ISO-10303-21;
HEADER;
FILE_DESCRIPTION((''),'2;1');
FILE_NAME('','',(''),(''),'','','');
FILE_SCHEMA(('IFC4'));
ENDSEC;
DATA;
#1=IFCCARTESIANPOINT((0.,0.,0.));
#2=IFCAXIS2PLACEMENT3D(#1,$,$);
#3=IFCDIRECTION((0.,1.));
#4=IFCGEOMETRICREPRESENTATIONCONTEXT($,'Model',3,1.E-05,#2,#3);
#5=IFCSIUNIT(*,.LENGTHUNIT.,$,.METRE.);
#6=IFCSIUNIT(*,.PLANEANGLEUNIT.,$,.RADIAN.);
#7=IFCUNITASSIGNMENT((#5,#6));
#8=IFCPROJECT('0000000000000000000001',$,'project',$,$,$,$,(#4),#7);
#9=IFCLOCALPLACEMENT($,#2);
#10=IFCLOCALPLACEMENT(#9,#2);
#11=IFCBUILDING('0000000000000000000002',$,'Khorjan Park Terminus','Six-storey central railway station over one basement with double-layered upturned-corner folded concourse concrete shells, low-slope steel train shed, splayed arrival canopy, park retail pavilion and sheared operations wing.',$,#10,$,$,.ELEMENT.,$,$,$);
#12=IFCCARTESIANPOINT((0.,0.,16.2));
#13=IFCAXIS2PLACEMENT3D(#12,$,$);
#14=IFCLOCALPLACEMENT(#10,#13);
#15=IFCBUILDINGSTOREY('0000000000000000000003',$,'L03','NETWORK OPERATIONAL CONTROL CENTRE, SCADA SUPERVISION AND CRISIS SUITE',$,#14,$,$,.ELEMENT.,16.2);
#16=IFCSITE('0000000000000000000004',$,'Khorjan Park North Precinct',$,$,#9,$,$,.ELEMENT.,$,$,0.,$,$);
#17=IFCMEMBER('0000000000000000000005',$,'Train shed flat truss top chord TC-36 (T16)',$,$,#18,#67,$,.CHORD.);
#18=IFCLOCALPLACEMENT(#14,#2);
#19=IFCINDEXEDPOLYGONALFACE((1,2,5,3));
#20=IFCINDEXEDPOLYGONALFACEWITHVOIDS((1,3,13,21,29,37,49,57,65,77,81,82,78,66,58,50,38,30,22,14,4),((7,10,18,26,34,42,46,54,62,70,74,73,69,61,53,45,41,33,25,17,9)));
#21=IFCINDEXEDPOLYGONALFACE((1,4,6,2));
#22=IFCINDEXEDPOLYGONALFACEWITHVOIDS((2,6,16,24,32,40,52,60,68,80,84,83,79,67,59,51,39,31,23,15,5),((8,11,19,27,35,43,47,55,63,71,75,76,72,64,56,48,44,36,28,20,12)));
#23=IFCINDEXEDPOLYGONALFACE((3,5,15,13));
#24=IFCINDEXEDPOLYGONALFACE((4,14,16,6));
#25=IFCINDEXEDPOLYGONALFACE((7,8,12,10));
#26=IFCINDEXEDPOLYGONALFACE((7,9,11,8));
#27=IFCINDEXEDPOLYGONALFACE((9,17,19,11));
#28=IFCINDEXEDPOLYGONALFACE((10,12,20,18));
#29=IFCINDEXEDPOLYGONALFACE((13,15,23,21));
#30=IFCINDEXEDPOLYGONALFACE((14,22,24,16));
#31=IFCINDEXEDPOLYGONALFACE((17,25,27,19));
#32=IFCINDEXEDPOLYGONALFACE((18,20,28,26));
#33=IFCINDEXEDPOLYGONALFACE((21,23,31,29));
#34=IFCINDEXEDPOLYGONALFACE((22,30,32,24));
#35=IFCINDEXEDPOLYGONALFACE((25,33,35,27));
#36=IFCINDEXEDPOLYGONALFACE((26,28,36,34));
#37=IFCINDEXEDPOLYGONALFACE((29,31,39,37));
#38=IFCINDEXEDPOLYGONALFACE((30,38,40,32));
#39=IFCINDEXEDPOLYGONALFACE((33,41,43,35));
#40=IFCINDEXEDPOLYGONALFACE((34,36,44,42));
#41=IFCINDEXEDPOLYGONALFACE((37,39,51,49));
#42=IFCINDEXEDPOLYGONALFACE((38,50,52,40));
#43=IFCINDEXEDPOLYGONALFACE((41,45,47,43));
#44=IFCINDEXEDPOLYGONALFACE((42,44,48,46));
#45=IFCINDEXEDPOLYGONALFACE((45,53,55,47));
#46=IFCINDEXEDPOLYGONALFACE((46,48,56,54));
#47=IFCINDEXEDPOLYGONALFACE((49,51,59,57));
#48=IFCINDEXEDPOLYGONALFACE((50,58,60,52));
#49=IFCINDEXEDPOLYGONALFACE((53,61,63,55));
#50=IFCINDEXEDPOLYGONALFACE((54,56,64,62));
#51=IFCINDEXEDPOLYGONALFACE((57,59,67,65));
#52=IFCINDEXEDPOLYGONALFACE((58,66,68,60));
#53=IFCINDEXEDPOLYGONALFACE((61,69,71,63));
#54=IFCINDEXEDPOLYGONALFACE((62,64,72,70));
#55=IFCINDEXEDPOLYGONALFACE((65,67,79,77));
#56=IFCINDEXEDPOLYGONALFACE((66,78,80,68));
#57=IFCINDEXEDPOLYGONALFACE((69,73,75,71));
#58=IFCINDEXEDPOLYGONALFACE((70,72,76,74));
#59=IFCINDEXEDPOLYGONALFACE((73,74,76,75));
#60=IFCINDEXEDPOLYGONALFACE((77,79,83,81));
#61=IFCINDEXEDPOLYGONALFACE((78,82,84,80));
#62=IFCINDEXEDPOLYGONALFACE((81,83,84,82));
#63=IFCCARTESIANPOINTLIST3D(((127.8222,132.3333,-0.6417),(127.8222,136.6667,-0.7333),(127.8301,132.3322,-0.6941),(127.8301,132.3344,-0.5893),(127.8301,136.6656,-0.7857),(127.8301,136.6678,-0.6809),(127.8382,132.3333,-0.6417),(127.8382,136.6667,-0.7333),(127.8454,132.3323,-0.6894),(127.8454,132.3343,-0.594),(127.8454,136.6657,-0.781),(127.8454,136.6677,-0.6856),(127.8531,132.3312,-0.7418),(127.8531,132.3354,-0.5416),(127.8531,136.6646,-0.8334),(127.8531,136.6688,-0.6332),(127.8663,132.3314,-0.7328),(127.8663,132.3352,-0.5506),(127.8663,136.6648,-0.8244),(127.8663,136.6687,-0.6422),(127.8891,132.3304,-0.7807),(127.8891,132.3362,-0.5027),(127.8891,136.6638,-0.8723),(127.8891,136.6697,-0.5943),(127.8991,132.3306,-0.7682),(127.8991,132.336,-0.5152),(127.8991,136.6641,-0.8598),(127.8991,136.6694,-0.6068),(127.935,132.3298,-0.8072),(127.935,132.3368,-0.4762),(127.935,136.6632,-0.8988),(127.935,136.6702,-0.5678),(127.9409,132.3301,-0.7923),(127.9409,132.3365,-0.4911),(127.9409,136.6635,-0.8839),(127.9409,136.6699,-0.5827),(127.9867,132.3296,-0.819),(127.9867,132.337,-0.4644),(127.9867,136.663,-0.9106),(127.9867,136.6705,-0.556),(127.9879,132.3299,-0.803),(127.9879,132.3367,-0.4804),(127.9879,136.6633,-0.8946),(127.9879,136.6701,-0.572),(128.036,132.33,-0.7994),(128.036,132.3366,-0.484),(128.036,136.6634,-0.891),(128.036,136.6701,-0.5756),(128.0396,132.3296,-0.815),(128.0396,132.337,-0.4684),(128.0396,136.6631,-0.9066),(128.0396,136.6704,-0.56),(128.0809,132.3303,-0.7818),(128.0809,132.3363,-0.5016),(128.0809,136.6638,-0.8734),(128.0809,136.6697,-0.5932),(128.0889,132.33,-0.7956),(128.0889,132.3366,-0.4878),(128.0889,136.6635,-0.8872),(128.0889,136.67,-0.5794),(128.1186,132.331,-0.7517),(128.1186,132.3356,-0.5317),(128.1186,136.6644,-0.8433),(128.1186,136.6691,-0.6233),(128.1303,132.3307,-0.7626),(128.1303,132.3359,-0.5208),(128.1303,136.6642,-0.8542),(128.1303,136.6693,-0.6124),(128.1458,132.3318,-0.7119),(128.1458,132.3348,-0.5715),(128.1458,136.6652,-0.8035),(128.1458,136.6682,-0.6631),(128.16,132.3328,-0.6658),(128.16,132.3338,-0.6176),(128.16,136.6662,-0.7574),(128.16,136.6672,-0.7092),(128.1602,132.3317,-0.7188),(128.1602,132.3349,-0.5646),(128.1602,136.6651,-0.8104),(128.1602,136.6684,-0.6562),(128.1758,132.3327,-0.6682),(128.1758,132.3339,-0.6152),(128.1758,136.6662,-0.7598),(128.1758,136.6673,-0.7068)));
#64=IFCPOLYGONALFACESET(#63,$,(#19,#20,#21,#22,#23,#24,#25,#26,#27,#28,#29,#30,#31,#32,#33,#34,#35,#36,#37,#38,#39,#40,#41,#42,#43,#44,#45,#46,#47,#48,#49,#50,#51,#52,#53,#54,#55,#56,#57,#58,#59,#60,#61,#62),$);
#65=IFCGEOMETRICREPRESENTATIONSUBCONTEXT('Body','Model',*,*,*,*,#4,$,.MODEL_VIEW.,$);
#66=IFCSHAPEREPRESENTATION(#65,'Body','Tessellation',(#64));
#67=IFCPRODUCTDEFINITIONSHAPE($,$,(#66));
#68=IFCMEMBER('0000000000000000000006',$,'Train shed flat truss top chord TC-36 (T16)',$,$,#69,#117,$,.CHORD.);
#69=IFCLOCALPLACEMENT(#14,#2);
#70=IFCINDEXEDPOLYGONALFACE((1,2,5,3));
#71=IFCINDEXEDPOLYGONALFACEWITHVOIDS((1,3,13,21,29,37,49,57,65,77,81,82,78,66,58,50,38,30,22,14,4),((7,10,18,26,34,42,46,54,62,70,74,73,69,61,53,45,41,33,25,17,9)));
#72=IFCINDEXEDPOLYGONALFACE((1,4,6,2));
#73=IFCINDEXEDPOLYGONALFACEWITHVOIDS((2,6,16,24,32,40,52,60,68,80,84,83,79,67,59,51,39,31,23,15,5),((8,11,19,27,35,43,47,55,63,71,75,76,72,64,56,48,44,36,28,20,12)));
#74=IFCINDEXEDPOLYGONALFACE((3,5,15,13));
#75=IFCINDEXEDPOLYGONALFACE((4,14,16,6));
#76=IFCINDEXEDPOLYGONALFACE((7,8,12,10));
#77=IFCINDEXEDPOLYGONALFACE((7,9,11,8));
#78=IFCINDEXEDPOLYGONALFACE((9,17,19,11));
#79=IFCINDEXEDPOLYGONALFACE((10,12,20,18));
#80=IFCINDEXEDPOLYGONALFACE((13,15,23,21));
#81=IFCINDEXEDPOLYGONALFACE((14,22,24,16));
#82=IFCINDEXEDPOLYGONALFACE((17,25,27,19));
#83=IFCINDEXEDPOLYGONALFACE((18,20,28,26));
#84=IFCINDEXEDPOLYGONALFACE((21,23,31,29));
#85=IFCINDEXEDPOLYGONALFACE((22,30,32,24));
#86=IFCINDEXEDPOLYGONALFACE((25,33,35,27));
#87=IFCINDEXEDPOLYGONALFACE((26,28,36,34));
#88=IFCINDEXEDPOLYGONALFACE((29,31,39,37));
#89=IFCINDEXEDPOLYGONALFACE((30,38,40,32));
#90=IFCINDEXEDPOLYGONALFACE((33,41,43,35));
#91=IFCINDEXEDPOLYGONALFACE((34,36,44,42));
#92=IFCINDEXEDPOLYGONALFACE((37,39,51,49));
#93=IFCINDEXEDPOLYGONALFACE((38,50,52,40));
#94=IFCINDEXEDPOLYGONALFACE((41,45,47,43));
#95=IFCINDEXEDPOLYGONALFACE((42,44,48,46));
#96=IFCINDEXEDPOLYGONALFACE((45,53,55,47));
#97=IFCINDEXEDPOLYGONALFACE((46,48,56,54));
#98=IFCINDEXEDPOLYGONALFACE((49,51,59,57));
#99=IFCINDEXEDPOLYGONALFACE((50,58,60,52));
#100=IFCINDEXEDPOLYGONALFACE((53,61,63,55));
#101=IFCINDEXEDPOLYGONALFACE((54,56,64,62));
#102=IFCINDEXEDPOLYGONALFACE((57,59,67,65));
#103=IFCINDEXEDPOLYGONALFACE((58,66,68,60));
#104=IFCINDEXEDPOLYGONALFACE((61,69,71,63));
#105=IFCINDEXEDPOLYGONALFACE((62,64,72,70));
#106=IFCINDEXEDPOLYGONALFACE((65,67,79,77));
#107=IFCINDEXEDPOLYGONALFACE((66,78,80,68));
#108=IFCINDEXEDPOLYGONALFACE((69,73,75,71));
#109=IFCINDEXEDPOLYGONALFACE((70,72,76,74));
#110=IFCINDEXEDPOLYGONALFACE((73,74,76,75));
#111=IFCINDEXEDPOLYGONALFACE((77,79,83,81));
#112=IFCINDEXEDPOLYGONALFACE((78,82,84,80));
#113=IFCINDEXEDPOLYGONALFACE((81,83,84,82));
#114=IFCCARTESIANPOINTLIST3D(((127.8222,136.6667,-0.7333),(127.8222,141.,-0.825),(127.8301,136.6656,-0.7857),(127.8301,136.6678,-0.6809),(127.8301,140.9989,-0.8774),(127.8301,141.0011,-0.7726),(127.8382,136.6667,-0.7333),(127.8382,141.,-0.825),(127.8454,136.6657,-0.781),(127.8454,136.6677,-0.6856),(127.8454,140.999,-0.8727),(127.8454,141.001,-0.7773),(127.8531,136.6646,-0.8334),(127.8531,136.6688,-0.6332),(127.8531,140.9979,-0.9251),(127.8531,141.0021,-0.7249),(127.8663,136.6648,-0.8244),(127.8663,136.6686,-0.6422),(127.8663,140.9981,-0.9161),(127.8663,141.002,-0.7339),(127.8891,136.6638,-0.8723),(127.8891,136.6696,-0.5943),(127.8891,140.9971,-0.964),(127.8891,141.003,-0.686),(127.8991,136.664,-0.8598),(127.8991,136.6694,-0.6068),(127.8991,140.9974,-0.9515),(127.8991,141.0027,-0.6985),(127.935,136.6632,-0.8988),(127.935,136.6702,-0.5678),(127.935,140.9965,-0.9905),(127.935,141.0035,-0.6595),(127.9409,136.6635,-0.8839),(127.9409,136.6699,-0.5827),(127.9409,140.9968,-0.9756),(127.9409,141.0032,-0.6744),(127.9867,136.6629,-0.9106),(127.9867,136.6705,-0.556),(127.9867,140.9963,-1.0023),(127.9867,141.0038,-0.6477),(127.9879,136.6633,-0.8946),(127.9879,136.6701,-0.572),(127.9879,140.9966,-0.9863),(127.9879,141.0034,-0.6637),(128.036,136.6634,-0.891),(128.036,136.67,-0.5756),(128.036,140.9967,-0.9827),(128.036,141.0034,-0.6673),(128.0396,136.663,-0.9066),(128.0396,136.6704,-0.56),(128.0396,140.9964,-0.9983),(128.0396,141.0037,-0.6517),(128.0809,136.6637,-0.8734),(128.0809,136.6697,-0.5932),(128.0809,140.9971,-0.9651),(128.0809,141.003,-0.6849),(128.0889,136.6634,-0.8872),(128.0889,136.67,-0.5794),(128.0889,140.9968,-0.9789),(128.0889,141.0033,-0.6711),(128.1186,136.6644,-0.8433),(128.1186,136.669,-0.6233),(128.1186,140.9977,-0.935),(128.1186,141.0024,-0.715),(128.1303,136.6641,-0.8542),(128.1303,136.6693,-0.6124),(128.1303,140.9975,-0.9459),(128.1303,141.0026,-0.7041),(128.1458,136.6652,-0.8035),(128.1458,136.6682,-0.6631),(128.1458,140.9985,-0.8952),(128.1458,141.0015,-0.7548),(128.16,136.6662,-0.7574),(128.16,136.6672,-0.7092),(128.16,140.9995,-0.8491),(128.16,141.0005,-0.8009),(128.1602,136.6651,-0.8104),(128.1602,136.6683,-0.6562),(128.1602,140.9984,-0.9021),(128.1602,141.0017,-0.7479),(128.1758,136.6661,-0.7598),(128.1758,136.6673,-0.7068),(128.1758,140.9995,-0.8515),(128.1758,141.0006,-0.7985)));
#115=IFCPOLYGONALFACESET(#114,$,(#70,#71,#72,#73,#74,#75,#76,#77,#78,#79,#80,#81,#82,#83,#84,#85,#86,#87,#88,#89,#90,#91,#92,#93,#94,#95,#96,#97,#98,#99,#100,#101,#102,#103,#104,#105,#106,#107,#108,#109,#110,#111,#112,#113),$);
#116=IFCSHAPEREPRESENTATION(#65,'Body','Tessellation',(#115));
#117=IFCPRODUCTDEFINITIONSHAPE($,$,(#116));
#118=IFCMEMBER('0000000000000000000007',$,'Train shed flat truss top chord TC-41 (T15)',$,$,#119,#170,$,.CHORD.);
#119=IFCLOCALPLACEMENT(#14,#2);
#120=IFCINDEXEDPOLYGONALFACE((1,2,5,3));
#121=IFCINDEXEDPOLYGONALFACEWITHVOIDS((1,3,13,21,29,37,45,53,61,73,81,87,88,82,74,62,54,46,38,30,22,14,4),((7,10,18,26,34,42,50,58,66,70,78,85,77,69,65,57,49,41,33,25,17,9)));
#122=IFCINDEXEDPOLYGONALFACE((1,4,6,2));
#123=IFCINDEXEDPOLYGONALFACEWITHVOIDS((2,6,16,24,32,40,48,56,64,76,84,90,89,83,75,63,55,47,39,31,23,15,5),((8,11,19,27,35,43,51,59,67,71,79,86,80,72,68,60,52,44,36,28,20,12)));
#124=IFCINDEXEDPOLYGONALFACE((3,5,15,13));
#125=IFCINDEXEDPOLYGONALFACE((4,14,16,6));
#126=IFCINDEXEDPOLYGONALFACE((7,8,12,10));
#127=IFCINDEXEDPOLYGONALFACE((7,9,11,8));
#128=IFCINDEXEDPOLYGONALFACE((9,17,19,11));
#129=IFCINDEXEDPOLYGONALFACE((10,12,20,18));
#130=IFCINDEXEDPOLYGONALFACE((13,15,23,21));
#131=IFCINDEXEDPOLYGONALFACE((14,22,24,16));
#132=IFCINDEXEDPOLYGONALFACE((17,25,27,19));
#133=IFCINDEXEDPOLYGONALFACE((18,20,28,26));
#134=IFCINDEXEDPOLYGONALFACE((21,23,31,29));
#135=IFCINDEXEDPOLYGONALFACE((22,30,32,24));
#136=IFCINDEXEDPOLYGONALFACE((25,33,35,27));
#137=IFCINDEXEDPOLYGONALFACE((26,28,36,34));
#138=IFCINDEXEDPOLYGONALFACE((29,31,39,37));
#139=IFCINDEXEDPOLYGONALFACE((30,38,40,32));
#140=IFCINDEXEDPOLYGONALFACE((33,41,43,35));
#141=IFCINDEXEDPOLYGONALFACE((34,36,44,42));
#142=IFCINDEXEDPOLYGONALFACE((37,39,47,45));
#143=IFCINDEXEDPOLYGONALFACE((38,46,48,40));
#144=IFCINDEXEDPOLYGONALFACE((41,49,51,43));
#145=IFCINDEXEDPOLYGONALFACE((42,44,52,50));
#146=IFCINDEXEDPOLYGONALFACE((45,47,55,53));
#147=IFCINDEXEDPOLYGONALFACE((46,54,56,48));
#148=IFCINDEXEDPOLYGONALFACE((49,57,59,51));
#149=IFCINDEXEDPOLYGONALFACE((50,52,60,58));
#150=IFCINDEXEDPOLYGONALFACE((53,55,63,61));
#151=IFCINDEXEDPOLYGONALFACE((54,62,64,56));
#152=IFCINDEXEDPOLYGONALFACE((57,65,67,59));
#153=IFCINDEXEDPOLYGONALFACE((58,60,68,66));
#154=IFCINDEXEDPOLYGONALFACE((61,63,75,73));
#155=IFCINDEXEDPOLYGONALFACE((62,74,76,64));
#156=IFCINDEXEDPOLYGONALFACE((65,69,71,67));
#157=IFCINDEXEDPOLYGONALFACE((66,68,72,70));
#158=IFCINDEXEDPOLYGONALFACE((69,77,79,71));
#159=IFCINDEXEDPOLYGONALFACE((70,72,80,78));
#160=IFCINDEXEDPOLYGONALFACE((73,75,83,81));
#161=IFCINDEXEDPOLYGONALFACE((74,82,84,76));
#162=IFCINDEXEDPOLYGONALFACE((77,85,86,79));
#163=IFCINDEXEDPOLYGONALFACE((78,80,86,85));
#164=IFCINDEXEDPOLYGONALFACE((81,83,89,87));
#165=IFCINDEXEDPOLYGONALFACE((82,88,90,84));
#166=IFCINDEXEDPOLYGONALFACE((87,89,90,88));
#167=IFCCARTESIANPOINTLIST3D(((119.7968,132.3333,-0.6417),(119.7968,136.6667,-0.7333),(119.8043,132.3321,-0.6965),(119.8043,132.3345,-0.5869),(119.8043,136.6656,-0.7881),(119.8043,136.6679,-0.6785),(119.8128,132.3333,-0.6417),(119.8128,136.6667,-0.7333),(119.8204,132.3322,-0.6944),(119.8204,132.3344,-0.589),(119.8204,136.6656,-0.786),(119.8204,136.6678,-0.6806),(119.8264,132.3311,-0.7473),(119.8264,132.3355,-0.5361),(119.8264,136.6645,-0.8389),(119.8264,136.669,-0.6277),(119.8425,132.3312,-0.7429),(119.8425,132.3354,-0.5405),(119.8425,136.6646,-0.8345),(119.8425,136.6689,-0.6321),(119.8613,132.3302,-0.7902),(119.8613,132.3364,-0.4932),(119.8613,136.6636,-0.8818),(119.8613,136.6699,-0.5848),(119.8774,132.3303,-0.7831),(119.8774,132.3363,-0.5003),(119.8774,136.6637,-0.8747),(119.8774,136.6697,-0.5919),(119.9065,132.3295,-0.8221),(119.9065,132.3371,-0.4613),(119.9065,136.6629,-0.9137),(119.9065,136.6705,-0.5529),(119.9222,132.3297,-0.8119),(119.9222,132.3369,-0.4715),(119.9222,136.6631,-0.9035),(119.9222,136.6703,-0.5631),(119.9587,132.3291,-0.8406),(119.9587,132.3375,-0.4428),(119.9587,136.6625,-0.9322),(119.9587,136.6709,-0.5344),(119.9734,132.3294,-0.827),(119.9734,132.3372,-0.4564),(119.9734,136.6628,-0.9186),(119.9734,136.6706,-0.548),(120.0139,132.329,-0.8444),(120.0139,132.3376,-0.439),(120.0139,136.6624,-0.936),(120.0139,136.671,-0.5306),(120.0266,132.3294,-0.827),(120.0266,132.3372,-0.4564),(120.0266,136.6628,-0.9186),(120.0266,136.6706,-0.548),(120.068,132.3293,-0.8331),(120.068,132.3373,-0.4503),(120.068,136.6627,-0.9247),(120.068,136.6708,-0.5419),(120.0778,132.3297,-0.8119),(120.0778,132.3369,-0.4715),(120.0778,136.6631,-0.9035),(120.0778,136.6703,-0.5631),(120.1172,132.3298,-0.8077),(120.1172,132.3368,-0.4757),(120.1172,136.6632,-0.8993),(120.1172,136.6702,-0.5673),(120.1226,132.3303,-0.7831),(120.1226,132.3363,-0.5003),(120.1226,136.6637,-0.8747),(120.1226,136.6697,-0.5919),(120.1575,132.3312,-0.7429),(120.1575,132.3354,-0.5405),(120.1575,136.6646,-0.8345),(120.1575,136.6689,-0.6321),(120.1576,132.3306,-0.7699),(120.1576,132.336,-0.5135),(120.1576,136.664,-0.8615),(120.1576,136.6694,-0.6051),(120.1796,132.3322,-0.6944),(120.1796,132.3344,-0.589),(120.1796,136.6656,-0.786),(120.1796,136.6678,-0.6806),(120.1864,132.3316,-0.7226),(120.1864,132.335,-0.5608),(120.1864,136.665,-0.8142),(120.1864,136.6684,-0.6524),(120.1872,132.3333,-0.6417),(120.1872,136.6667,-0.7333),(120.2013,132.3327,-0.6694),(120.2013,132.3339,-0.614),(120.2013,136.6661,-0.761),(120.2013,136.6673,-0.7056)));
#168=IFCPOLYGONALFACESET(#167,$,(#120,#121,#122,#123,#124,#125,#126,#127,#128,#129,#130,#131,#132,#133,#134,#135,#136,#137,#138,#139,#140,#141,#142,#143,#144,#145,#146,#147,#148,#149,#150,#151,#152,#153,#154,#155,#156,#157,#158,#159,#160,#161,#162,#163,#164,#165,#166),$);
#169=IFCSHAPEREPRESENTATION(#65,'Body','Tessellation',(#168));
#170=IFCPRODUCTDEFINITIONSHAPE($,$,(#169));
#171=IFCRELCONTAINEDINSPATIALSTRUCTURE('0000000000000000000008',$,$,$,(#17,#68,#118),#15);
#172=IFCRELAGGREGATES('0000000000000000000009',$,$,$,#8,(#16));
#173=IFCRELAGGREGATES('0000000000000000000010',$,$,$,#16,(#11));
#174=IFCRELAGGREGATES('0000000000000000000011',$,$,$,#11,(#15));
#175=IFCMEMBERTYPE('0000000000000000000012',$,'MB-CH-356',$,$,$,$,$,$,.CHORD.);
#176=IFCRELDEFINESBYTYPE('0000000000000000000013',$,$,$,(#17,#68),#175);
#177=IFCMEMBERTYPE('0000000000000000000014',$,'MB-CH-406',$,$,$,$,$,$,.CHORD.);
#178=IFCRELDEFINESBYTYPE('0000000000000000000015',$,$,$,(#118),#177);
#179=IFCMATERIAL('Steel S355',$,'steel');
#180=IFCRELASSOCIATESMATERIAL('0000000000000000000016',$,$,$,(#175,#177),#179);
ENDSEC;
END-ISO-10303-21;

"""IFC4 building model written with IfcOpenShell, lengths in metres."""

from ifc_helpers import new_model, si_unit, direction, frame, origin, origin_2d, place, context, subcontext, project, spatial, hollow_circle, extrude, material, material_profile, profile_set, type_object, element, save


model = new_model("IFC4")

# Units and contexts
model_context = context("Model", 3, precision=1e-05, world=origin(), true_north=direction((0.0, 1.0)))
body_context = subcontext(model_context, "Body", "Model", "MODEL_VIEW")
ifc_project = project(units=[si_unit("LENGTHUNIT", "METRE"), si_unit("PLANEANGLEUNIT", "RADIAN")], contexts=[model_context])

# Site, building, storey
site_placement = place(None, origin())
site = spatial("IfcSite", under=ifc_project, at=site_placement, Name="Khorjan Park North Precinct", CompositionType="ELEMENT", RefElevation=0.0)
building_placement = place(site_placement, origin())
building = spatial("IfcBuilding", under=site, at=building_placement, Name="Khorjan Park Terminus", Description="Six-storey central railway station over one basement with double-layered upturned-corner folded concourse concrete shells, low-slope steel train shed, splayed arrival canopy, park retail pavilion and sheared operations wing.", CompositionType="ELEMENT")
storey_placement = place(building_placement, frame((0.0, 0.0, 16.2)))
storey = spatial("IfcBuildingStorey", under=building, at=storey_placement, Name="L03", Description="NETWORK OPERATIONAL CONTROL CENTRE, SCADA SUPERVISION AND CRISIS SUITE", CompositionType="ELEMENT", Elevation=16.2)

# Members
ifc_material_1 = material(Name="Steel S355", Category="steel")
ifc_material_profile_1 = material_profile(ifc_material_1, hollow_circle(Radius=0.1778, WallThickness=0.016, at=origin_2d()), Name="CHS 355.6x16")
ifc_profile_set_1 = profile_set([ifc_material_profile_1], Name="Steel S355")
member_type_1 = type_object("IfcMemberType", Name="MB-CH-356", PredefinedType="CHORD", material=ifc_profile_set_1)
member_1_placement = place(storey_placement, frame((128.0, 132.3333, -0.6417), z_axis=(0.0, 0.999777, -0.021133), x_axis=(-1.0, 0.0, 0.0)))
element("IfcMember", 1, at=member_1_placement, inside=storey, type_object=member_type_1, Name="Train shed flat truss top chord TC-36 (T16)", PredefinedType="CHORD", context=body_context, shape_type="SweptSolid", body=[
    extrude(hollow_circle(Radius=0.1778, WallThickness=0.016, at=origin_2d()), origin(), (0.0, 0.0, 1.0), 4.3344),
])
member_2_placement = place(storey_placement, frame((128.0, 136.6667, -0.7333), z_axis=(0.0, 0.999776, -0.021157), x_axis=(-1.0, 0.0, 0.0)))
element("IfcMember", 2, at=member_2_placement, inside=storey, type_object=member_type_1, Name="Train shed flat truss top chord TC-36 (T16)", PredefinedType="CHORD", context=body_context, shape_type="SweptSolid", body=[
    extrude(hollow_circle(Radius=0.1778, WallThickness=0.016, at=origin_2d()), origin(), (0.0, 0.0, 1.0), 4.3343),
])
ifc_material_profile_2 = material_profile(ifc_material_1, hollow_circle(Radius=0.2032, WallThickness=0.016, at=origin_2d()), Name="CHS 406.4x16")
ifc_profile_set_2 = profile_set([ifc_material_profile_2], Name="Steel S355")
member_type_2 = type_object("IfcMemberType", Name="MB-CH-406", PredefinedType="CHORD", material=ifc_profile_set_2)
member_3_placement = place(storey_placement, frame((120.0, 132.3333, -0.6417), z_axis=(0.0, 0.999777, -0.021133), x_axis=(-1.0, 0.0, 0.0)))
element("IfcMember", 3, at=member_3_placement, inside=storey, type_object=member_type_2, Name="Train shed flat truss top chord TC-41 (T15)", PredefinedType="CHORD", context=body_context, shape_type="SweptSolid", body=[
    extrude(hollow_circle(Radius=0.2032, WallThickness=0.016, at=origin_2d()), origin(), (0.0, 0.0, 1.0), 4.3344),
])

save(model, "model.ifc")
